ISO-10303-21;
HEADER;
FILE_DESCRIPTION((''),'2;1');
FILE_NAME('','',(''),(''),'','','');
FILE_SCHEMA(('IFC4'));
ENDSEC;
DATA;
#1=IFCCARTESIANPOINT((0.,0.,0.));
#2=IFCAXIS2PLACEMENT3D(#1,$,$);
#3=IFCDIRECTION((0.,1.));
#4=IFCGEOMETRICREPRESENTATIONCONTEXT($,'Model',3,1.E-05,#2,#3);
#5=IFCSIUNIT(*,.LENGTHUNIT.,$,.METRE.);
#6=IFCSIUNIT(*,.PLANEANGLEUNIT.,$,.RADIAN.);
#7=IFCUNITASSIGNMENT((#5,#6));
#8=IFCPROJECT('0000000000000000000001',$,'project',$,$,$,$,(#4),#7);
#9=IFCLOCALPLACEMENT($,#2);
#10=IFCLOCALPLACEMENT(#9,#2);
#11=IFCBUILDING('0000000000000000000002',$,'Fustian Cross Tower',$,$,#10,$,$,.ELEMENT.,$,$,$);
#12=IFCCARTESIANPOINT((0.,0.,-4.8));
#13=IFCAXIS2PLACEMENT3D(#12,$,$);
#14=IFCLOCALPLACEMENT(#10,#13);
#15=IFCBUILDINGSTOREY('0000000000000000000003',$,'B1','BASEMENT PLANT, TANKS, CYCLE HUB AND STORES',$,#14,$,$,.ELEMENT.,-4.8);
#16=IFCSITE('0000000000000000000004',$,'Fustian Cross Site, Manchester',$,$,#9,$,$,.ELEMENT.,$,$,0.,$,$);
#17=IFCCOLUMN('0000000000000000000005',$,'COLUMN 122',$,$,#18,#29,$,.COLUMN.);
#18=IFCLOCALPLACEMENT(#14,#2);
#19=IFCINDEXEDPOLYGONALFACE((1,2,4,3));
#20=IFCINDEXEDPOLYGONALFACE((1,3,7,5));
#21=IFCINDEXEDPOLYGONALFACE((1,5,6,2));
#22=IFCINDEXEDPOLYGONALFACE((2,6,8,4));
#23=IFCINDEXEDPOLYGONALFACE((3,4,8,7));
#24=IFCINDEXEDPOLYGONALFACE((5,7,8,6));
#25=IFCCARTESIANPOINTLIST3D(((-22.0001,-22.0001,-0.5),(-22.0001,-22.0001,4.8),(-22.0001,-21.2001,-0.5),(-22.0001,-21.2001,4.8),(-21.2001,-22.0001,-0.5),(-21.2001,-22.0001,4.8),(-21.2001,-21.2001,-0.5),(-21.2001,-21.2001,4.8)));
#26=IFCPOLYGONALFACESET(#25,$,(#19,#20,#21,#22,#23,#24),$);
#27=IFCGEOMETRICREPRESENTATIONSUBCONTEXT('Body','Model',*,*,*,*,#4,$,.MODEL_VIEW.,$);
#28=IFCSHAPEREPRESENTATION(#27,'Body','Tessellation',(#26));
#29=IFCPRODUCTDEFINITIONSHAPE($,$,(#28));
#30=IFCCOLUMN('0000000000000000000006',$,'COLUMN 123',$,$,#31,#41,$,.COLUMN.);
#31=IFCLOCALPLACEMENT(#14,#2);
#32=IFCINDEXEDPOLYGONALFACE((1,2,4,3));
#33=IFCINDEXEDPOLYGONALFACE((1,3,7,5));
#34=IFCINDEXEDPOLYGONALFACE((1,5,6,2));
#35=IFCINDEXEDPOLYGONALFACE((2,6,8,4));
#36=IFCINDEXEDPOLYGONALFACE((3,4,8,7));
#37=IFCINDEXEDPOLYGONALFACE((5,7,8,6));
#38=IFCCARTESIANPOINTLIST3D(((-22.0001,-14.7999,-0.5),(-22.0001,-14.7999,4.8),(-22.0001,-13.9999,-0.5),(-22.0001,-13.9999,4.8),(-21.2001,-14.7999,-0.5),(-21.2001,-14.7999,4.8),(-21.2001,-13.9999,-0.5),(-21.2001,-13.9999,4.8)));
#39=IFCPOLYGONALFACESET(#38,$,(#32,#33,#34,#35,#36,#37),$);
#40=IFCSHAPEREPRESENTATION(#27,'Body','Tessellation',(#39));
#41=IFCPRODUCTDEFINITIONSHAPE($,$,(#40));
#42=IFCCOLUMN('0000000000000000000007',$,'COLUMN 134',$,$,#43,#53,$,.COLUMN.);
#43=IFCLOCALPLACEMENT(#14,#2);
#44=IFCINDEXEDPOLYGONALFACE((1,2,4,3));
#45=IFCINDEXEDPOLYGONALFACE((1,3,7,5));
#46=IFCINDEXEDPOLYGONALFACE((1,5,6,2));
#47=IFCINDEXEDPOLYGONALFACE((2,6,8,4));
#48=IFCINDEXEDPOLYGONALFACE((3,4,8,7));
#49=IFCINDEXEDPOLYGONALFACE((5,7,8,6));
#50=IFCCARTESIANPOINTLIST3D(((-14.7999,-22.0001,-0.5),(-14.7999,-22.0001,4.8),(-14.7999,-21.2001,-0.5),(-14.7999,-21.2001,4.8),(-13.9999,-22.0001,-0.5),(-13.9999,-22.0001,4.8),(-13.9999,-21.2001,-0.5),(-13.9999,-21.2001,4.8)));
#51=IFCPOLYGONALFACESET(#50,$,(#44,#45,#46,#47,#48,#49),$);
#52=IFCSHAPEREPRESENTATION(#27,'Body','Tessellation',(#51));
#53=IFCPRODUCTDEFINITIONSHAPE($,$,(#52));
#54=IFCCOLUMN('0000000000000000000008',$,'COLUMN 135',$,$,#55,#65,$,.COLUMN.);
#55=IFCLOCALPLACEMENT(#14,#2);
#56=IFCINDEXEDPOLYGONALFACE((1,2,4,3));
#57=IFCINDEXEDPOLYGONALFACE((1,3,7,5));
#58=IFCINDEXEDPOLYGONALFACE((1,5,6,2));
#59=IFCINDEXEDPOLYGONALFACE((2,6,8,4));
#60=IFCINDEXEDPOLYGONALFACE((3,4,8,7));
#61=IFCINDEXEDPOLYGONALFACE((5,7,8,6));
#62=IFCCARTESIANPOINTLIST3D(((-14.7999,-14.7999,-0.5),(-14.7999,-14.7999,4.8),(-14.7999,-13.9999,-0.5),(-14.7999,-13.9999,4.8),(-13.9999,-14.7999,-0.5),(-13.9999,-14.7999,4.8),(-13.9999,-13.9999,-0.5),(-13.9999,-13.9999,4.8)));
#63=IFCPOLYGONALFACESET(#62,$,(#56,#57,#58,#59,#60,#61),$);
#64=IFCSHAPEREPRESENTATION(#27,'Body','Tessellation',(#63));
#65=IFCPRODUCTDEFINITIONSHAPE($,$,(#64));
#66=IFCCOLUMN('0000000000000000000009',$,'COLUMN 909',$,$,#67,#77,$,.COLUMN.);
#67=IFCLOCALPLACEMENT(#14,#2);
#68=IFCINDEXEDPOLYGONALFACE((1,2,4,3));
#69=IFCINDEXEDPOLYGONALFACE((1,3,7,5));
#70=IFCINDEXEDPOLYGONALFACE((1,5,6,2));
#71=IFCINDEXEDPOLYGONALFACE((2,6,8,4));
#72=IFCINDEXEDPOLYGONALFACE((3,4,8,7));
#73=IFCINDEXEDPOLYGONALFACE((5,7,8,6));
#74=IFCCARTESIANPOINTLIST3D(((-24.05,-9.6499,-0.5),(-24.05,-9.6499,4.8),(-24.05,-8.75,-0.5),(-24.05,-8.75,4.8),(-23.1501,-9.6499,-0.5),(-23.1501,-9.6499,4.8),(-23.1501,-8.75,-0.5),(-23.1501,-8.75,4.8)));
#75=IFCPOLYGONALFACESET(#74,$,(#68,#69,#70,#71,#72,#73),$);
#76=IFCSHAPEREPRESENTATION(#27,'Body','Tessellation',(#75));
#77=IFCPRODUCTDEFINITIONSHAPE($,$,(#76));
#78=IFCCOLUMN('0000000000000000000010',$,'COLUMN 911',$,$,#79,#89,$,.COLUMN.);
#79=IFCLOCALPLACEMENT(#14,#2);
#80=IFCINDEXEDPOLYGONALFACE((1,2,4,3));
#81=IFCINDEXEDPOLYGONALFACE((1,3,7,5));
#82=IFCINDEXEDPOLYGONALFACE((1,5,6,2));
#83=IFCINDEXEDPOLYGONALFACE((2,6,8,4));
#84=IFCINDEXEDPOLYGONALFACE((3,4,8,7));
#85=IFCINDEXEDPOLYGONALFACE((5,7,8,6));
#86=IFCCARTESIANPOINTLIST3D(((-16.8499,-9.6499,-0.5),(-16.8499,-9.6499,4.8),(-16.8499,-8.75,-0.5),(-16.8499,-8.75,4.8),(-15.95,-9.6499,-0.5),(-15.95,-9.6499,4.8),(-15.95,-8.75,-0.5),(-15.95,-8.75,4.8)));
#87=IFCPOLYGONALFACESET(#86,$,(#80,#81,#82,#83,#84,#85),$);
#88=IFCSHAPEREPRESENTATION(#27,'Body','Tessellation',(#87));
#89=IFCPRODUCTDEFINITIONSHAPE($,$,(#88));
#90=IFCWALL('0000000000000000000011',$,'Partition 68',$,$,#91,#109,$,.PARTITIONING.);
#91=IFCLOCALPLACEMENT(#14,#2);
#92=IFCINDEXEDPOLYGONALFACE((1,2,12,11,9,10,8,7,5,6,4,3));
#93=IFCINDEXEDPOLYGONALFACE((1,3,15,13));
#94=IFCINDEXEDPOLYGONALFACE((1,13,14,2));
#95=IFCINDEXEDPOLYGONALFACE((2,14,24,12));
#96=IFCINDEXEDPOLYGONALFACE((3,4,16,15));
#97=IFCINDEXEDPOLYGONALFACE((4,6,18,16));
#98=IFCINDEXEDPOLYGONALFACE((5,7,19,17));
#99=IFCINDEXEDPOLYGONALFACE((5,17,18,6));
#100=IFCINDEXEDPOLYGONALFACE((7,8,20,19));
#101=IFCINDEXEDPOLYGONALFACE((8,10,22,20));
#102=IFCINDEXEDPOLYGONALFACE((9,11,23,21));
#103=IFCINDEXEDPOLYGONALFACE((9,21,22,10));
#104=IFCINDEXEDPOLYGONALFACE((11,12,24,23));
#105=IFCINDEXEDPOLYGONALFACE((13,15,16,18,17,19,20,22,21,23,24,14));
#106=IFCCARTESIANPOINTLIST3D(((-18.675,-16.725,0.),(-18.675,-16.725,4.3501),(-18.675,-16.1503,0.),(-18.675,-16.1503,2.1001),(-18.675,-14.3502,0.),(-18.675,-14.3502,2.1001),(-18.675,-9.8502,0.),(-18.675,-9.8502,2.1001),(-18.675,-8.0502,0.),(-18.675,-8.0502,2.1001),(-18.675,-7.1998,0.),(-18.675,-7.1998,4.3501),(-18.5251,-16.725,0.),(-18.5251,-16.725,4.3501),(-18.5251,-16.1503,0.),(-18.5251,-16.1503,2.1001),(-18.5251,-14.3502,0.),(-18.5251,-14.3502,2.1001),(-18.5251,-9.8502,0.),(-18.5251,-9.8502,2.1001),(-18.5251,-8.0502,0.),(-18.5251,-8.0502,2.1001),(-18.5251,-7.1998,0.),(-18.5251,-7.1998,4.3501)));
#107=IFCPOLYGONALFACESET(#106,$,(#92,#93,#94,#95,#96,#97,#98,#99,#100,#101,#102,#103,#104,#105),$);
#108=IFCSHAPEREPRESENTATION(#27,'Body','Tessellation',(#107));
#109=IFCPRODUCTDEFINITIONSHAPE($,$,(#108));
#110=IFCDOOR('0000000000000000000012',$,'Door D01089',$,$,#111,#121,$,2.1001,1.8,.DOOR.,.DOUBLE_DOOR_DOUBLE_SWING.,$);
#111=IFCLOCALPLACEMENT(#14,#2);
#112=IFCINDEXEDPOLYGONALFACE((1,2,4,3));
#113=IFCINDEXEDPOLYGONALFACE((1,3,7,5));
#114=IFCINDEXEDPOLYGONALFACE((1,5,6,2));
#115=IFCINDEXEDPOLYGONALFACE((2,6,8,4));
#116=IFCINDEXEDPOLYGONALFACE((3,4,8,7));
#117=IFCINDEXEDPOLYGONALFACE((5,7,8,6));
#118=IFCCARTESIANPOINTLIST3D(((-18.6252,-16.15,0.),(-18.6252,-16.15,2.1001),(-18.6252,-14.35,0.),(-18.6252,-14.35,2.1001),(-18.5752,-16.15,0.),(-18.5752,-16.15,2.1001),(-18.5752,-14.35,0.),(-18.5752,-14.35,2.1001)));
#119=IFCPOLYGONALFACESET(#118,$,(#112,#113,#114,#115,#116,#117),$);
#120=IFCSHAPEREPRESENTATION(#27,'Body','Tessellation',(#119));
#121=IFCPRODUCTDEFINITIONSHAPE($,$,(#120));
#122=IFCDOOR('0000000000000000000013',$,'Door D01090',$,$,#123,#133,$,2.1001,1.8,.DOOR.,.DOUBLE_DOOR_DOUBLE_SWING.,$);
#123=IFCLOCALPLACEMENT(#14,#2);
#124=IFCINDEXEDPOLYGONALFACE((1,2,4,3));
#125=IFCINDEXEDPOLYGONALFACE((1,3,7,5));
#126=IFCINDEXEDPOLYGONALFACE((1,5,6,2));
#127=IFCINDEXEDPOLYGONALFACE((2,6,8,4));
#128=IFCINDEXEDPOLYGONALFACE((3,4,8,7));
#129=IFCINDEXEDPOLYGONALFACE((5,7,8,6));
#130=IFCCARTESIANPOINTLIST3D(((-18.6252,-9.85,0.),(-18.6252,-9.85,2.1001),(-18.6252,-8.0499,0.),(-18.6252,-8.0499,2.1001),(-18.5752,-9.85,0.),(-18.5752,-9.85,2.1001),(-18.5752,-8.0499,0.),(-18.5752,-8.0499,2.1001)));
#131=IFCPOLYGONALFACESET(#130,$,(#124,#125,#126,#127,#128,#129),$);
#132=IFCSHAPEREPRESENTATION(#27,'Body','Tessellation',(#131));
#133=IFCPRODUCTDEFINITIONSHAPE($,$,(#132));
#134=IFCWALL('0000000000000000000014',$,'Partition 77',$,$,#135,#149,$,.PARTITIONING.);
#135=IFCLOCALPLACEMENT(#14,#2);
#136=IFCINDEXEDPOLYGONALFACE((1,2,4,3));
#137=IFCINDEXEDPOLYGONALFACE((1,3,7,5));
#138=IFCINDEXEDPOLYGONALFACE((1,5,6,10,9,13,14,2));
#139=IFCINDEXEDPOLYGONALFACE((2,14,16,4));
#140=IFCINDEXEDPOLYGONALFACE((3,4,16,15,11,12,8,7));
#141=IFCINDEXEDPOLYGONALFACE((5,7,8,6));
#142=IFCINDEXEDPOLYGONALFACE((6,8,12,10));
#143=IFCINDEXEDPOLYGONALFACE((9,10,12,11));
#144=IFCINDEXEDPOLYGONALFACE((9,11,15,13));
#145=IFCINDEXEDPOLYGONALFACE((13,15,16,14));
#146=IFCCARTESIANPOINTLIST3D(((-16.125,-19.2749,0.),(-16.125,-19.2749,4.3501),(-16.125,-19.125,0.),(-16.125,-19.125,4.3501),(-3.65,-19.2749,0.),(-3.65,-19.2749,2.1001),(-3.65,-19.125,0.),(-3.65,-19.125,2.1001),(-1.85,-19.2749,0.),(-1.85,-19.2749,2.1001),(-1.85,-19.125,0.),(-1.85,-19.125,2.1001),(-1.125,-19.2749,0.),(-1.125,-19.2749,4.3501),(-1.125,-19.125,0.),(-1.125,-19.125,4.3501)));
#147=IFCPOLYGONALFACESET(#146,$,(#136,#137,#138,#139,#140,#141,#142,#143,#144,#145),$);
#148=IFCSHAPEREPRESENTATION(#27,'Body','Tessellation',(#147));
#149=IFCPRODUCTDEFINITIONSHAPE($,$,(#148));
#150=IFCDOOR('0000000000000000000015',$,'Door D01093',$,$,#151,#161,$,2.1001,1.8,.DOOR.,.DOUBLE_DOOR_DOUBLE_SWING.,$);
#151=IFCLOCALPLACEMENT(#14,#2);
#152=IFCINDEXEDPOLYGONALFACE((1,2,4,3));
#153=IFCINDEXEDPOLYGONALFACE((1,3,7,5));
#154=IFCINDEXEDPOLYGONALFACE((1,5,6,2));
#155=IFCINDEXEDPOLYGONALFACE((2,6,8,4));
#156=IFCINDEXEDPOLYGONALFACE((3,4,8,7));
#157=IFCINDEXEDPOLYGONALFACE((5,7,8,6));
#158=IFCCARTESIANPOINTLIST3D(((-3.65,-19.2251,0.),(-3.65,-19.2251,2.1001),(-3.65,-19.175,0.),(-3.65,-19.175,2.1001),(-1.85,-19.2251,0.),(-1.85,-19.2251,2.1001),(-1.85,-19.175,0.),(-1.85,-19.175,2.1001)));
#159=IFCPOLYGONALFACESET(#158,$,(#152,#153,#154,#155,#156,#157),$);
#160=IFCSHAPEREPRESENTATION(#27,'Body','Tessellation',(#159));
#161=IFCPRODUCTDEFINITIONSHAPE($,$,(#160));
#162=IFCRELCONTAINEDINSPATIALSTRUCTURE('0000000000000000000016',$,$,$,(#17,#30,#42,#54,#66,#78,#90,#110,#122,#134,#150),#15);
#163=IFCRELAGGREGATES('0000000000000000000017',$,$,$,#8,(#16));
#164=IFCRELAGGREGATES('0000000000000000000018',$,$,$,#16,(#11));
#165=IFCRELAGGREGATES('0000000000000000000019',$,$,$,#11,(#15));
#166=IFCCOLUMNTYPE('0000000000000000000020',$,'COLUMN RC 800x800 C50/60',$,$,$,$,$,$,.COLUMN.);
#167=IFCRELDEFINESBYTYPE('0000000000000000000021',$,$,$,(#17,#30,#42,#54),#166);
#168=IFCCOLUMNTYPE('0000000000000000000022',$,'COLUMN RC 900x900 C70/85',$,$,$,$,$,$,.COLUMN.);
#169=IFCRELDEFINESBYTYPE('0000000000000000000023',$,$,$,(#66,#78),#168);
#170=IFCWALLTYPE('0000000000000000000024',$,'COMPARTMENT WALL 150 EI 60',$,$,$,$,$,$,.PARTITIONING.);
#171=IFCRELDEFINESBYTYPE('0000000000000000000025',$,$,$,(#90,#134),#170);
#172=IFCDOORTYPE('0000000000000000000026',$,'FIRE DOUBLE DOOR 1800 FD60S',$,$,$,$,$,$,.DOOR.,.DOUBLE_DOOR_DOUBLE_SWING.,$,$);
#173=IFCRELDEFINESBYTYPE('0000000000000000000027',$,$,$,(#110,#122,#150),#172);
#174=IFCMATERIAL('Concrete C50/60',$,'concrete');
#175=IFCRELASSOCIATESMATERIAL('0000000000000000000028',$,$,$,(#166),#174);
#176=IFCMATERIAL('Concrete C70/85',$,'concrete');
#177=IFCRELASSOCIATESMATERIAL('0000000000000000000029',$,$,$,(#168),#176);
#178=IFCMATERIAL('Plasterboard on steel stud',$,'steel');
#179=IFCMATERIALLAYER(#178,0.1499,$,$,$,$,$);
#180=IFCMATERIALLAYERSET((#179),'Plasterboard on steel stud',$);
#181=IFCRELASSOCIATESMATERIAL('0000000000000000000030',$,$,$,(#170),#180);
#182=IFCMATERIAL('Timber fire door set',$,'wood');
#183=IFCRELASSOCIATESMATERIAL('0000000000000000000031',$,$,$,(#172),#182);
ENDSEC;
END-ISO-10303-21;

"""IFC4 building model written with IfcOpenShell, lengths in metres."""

from ifc_helpers import new_model, si_unit, direction, frame, frame_2d, origin, origin_2d, place, context, subcontext, project, spatial, rectangle, extrude, material, layer, layer_set, material_profile, profile_set, type_object, element, fill, save


model = new_model("IFC4")

# Units and contexts
model_context = context("Model", 3, precision=1e-05, world=origin(), true_north=direction((0.0, 1.0)))
body_context = subcontext(model_context, "Body", "Model", "MODEL_VIEW")
ifc_project = project(units=[si_unit("LENGTHUNIT", "METRE"), si_unit("PLANEANGLEUNIT", "RADIAN")], contexts=[model_context])

# Site, building, storey
site_placement = place(None, origin())
site = spatial("IfcSite", under=ifc_project, at=site_placement, Name="Fustian Cross Site, Manchester", CompositionType="ELEMENT", RefElevation=0.0)
building_placement = place(site_placement, origin())
building = spatial("IfcBuilding", under=site, at=building_placement, Name="Fustian Cross Tower", CompositionType="ELEMENT")
storey_placement = place(building_placement, frame((0.0, 0.0, -4.8)))
storey = spatial("IfcBuildingStorey", under=building, at=storey_placement, Name="B1", Description="BASEMENT PLANT, TANKS, CYCLE HUB AND STORES", CompositionType="ELEMENT", Elevation=-4.8)

# Columns
ifc_material_1 = material(Name="Concrete C50/60", Category="concrete")
ifc_material_profile_1 = material_profile(ifc_material_1, rectangle(XDim=0.8, YDim=0.8, at=origin_2d()), Name="RC 800x800")
ifc_profile_set_1 = profile_set([ifc_material_profile_1], Name="Concrete C50/60")
column_type_1 = type_object("IfcColumnType", Name="COLUMN RC 800x800 C50/60", PredefinedType="COLUMN", material=ifc_profile_set_1)
for number, where, z_axis, x_axis, name in (
    (1, (-21.6001, -21.6001, -0.5), (0.0, 0.0, 1.0), (1.0, 0.0, 0.0), "COLUMN 122"),
    (2, (-21.6001, -14.3999, -0.5), (0.0, 0.0, 1.0), (1.0, 0.0, 0.0), "COLUMN 123"),
    (3, (-14.3999, -21.6001, -0.5), (0.0, 0.0, 1.0), (1.0, 0.0, 0.0), "COLUMN 134"),
    (4, (-14.3999, -14.3999, -0.5), (0.0, 0.0, 1.0), (1.0, 0.0, 0.0), "COLUMN 135"),
):
    element("IfcColumn", number, at=place(storey_placement, frame(where, z_axis=z_axis, x_axis=x_axis)), inside=storey, type_object=column_type_1, Name=name, PredefinedType="COLUMN", context=body_context, shape_type="SweptSolid", body=[
        extrude(rectangle(XDim=0.8, YDim=0.8, at=origin_2d()), origin(), (0.0, 0.0, 1.0), 5.3),
    ])
ifc_material_2 = material(Name="Concrete C70/85", Category="concrete")
ifc_material_profile_2 = material_profile(ifc_material_2, rectangle(XDim=0.8999, YDim=0.8999, at=origin_2d()), Name="RC 900x900")
ifc_profile_set_2 = profile_set([ifc_material_profile_2], Name="Concrete C70/85")
column_type_2 = type_object("IfcColumnType", Name="COLUMN RC 900x900 C70/85", PredefinedType="COLUMN", material=ifc_profile_set_2)
for number, where, z_axis, x_axis, name in (
    (5, (-23.6001, -9.2, -0.5), (0.0, 0.0, 1.0), (1.0, 0.0, 0.0), "COLUMN 909"),
    (6, (-16.3999, -9.2, -0.5), (0.0, 0.0, 1.0), (1.0, 0.0, 0.0), "COLUMN 911"),
):
    element("IfcColumn", number, at=place(storey_placement, frame(where, z_axis=z_axis, x_axis=x_axis)), inside=storey, type_object=column_type_2, Name=name, PredefinedType="COLUMN", context=body_context, shape_type="SweptSolid", body=[
        extrude(rectangle(XDim=0.8999, YDim=0.8999, at=origin_2d()), origin(), (0.0, 0.0, 1.0), 5.3),
    ])

# Wall, openings, doors
ifc_material_3 = material(Name="Plasterboard on steel stud", Category="steel")
ifc_layer = layer(ifc_material_3, 0.1499)
ifc_layer_set = layer_set([ifc_layer], Name="Plasterboard on steel stud")
wall_type = type_object("IfcWallType", Name="COMPARTMENT WALL 150 EI 60", PredefinedType="PARTITIONING", material=ifc_layer_set)
wall_1_placement = place(storey_placement, frame((-18.6001, -16.7251, 0.0), z_axis=(0.0, 0.0, 1.0), x_axis=(0.0, 1.0, 0.0)))
wall_1 = element("IfcWall", 7, at=wall_1_placement, inside=storey, type_object=wall_type, Name="Partition 68", PredefinedType="PARTITIONING", context=body_context, shape_type="SweptSolid", body=[
    extrude(rectangle(XDim=9.5251, YDim=0.1499, at=frame_2d((4.7627, 0.0))), origin(), (0.0, 0.0, 1.0), 4.3501),
])
opening_1_placement = place(wall_1_placement, frame((0.575, 0.0, 0.0)))
opening_1 = element("IfcOpeningElement", 8, at=opening_1_placement, cuts=wall_1, PredefinedType="OPENING", context=body_context, shape_type="SweptSolid", body=[
    extrude(rectangle(XDim=1.8, YDim=2.1001, at=frame_2d((0.8999, 1.05))), frame((0.0, 0.085, 0.0), z_axis=(0.0, -1.0, 0.0), x_axis=(1.0, 0.0, 0.0)), (0.0, 0.0, 1.0), 0.1699),
])
opening_2_placement = place(wall_1_placement, frame((6.875, 0.0, 0.0)))
opening_2 = element("IfcOpeningElement", 9, at=opening_2_placement, cuts=wall_1, PredefinedType="OPENING", context=body_context, shape_type="SweptSolid", body=[
    extrude(rectangle(XDim=1.8, YDim=2.1001, at=frame_2d((0.8999, 1.05))), frame((0.0, 0.085, 0.0), z_axis=(0.0, -1.0, 0.0), x_axis=(1.0, 0.0, 0.0)), (0.0, 0.0, 1.0), 0.1699),
])
ifc_material_4 = material(Name="Timber fire door set", Category="wood")
door_type = type_object("IfcDoorType", Name="FIRE DOUBLE DOOR 1800 FD60S", OperationType="DOUBLE_DOOR_DOUBLE_SWING", PredefinedType="DOOR", material=ifc_material_4)
door_1_placement = place(opening_1_placement, frame((1.8, 0.0, 0.0), z_axis=(0.0, 0.0, 1.0), x_axis=(-1.0, 0.0, 0.0)))
door_1 = element("IfcDoor", 10, at=door_1_placement, inside=storey, type_object=door_type, Name="Door D01089", OperationType="DOUBLE_DOOR_DOUBLE_SWING", OverallHeight=2.1001, OverallWidth=1.8, PredefinedType="DOOR", context=body_context, shape_type="SweptSolid", body=[
    extrude(rectangle(XDim=1.8, YDim=2.1001, at=frame_2d((0.8999, 1.05))), frame((0.0, 0.0249, 0.0), z_axis=(0.0, -1.0, 0.0), x_axis=(1.0, 0.0, 0.0)), (0.0, 0.0, 1.0), 0.05),
])
fill(opening_1, door_1)
door_2_placement = place(opening_2_placement, frame((1.8, 0.0, 0.0), z_axis=(0.0, 0.0, 1.0), x_axis=(-1.0, 0.0, 0.0)))
door_2 = element("IfcDoor", 11, at=door_2_placement, inside=storey, type_object=door_type, Name="Door D01090", OperationType="DOUBLE_DOOR_DOUBLE_SWING", OverallHeight=2.1001, OverallWidth=1.8, PredefinedType="DOOR", context=body_context, shape_type="SweptSolid", body=[
    extrude(rectangle(XDim=1.8, YDim=2.1001, at=frame_2d((0.8999, 1.05))), frame((0.0, 0.0249, 0.0), z_axis=(0.0, -1.0, 0.0), x_axis=(1.0, 0.0, 0.0)), (0.0, 0.0, 1.0), 0.05),
])
fill(opening_2, door_2)

# Wall, opening, door
wall_2_placement = place(storey_placement, frame((-16.125, -19.2, 0.0), z_axis=(0.0, 0.0, 1.0), x_axis=(1.0, 0.0, 0.0)))
wall_2 = element("IfcWall", 12, at=wall_2_placement, inside=storey, type_object=wall_type, Name="Partition 77", PredefinedType="PARTITIONING", context=body_context, shape_type="SweptSolid", body=[
    extrude(rectangle(XDim=15.0, YDim=0.1499, at=frame_2d((7.5, 0.0))), origin(), (0.0, 0.0, 1.0), 4.3501),
])
opening_3_placement = place(wall_2_placement, frame((12.4751, 0.0, 0.0)))
opening_3 = element("IfcOpeningElement", 13, at=opening_3_placement, cuts=wall_2, PredefinedType="OPENING", context=body_context, shape_type="SweptSolid", body=[
    extrude(rectangle(XDim=1.8, YDim=2.1001, at=frame_2d((0.8999, 1.05))), frame((0.0, 0.085, 0.0), z_axis=(0.0, -1.0, 0.0), x_axis=(1.0, 0.0, 0.0)), (0.0, 0.0, 1.0), 0.1699),
])
door_3_placement = place(opening_3_placement, origin())
door_3 = element("IfcDoor", 14, at=door_3_placement, inside=storey, type_object=door_type, Name="Door D01093", OperationType="DOUBLE_DOOR_DOUBLE_SWING", OverallHeight=2.1001, OverallWidth=1.8, PredefinedType="DOOR", context=body_context, shape_type="SweptSolid", body=[
    extrude(rectangle(XDim=1.8, YDim=2.1001, at=frame_2d((0.8999, 1.05))), frame((0.0, 0.0249, 0.0), z_axis=(0.0, -1.0, 0.0), x_axis=(1.0, 0.0, 0.0)), (0.0, 0.0, 1.0), 0.05),
])
fill(opening_3, door_3)

save(model, "model.ifc")
